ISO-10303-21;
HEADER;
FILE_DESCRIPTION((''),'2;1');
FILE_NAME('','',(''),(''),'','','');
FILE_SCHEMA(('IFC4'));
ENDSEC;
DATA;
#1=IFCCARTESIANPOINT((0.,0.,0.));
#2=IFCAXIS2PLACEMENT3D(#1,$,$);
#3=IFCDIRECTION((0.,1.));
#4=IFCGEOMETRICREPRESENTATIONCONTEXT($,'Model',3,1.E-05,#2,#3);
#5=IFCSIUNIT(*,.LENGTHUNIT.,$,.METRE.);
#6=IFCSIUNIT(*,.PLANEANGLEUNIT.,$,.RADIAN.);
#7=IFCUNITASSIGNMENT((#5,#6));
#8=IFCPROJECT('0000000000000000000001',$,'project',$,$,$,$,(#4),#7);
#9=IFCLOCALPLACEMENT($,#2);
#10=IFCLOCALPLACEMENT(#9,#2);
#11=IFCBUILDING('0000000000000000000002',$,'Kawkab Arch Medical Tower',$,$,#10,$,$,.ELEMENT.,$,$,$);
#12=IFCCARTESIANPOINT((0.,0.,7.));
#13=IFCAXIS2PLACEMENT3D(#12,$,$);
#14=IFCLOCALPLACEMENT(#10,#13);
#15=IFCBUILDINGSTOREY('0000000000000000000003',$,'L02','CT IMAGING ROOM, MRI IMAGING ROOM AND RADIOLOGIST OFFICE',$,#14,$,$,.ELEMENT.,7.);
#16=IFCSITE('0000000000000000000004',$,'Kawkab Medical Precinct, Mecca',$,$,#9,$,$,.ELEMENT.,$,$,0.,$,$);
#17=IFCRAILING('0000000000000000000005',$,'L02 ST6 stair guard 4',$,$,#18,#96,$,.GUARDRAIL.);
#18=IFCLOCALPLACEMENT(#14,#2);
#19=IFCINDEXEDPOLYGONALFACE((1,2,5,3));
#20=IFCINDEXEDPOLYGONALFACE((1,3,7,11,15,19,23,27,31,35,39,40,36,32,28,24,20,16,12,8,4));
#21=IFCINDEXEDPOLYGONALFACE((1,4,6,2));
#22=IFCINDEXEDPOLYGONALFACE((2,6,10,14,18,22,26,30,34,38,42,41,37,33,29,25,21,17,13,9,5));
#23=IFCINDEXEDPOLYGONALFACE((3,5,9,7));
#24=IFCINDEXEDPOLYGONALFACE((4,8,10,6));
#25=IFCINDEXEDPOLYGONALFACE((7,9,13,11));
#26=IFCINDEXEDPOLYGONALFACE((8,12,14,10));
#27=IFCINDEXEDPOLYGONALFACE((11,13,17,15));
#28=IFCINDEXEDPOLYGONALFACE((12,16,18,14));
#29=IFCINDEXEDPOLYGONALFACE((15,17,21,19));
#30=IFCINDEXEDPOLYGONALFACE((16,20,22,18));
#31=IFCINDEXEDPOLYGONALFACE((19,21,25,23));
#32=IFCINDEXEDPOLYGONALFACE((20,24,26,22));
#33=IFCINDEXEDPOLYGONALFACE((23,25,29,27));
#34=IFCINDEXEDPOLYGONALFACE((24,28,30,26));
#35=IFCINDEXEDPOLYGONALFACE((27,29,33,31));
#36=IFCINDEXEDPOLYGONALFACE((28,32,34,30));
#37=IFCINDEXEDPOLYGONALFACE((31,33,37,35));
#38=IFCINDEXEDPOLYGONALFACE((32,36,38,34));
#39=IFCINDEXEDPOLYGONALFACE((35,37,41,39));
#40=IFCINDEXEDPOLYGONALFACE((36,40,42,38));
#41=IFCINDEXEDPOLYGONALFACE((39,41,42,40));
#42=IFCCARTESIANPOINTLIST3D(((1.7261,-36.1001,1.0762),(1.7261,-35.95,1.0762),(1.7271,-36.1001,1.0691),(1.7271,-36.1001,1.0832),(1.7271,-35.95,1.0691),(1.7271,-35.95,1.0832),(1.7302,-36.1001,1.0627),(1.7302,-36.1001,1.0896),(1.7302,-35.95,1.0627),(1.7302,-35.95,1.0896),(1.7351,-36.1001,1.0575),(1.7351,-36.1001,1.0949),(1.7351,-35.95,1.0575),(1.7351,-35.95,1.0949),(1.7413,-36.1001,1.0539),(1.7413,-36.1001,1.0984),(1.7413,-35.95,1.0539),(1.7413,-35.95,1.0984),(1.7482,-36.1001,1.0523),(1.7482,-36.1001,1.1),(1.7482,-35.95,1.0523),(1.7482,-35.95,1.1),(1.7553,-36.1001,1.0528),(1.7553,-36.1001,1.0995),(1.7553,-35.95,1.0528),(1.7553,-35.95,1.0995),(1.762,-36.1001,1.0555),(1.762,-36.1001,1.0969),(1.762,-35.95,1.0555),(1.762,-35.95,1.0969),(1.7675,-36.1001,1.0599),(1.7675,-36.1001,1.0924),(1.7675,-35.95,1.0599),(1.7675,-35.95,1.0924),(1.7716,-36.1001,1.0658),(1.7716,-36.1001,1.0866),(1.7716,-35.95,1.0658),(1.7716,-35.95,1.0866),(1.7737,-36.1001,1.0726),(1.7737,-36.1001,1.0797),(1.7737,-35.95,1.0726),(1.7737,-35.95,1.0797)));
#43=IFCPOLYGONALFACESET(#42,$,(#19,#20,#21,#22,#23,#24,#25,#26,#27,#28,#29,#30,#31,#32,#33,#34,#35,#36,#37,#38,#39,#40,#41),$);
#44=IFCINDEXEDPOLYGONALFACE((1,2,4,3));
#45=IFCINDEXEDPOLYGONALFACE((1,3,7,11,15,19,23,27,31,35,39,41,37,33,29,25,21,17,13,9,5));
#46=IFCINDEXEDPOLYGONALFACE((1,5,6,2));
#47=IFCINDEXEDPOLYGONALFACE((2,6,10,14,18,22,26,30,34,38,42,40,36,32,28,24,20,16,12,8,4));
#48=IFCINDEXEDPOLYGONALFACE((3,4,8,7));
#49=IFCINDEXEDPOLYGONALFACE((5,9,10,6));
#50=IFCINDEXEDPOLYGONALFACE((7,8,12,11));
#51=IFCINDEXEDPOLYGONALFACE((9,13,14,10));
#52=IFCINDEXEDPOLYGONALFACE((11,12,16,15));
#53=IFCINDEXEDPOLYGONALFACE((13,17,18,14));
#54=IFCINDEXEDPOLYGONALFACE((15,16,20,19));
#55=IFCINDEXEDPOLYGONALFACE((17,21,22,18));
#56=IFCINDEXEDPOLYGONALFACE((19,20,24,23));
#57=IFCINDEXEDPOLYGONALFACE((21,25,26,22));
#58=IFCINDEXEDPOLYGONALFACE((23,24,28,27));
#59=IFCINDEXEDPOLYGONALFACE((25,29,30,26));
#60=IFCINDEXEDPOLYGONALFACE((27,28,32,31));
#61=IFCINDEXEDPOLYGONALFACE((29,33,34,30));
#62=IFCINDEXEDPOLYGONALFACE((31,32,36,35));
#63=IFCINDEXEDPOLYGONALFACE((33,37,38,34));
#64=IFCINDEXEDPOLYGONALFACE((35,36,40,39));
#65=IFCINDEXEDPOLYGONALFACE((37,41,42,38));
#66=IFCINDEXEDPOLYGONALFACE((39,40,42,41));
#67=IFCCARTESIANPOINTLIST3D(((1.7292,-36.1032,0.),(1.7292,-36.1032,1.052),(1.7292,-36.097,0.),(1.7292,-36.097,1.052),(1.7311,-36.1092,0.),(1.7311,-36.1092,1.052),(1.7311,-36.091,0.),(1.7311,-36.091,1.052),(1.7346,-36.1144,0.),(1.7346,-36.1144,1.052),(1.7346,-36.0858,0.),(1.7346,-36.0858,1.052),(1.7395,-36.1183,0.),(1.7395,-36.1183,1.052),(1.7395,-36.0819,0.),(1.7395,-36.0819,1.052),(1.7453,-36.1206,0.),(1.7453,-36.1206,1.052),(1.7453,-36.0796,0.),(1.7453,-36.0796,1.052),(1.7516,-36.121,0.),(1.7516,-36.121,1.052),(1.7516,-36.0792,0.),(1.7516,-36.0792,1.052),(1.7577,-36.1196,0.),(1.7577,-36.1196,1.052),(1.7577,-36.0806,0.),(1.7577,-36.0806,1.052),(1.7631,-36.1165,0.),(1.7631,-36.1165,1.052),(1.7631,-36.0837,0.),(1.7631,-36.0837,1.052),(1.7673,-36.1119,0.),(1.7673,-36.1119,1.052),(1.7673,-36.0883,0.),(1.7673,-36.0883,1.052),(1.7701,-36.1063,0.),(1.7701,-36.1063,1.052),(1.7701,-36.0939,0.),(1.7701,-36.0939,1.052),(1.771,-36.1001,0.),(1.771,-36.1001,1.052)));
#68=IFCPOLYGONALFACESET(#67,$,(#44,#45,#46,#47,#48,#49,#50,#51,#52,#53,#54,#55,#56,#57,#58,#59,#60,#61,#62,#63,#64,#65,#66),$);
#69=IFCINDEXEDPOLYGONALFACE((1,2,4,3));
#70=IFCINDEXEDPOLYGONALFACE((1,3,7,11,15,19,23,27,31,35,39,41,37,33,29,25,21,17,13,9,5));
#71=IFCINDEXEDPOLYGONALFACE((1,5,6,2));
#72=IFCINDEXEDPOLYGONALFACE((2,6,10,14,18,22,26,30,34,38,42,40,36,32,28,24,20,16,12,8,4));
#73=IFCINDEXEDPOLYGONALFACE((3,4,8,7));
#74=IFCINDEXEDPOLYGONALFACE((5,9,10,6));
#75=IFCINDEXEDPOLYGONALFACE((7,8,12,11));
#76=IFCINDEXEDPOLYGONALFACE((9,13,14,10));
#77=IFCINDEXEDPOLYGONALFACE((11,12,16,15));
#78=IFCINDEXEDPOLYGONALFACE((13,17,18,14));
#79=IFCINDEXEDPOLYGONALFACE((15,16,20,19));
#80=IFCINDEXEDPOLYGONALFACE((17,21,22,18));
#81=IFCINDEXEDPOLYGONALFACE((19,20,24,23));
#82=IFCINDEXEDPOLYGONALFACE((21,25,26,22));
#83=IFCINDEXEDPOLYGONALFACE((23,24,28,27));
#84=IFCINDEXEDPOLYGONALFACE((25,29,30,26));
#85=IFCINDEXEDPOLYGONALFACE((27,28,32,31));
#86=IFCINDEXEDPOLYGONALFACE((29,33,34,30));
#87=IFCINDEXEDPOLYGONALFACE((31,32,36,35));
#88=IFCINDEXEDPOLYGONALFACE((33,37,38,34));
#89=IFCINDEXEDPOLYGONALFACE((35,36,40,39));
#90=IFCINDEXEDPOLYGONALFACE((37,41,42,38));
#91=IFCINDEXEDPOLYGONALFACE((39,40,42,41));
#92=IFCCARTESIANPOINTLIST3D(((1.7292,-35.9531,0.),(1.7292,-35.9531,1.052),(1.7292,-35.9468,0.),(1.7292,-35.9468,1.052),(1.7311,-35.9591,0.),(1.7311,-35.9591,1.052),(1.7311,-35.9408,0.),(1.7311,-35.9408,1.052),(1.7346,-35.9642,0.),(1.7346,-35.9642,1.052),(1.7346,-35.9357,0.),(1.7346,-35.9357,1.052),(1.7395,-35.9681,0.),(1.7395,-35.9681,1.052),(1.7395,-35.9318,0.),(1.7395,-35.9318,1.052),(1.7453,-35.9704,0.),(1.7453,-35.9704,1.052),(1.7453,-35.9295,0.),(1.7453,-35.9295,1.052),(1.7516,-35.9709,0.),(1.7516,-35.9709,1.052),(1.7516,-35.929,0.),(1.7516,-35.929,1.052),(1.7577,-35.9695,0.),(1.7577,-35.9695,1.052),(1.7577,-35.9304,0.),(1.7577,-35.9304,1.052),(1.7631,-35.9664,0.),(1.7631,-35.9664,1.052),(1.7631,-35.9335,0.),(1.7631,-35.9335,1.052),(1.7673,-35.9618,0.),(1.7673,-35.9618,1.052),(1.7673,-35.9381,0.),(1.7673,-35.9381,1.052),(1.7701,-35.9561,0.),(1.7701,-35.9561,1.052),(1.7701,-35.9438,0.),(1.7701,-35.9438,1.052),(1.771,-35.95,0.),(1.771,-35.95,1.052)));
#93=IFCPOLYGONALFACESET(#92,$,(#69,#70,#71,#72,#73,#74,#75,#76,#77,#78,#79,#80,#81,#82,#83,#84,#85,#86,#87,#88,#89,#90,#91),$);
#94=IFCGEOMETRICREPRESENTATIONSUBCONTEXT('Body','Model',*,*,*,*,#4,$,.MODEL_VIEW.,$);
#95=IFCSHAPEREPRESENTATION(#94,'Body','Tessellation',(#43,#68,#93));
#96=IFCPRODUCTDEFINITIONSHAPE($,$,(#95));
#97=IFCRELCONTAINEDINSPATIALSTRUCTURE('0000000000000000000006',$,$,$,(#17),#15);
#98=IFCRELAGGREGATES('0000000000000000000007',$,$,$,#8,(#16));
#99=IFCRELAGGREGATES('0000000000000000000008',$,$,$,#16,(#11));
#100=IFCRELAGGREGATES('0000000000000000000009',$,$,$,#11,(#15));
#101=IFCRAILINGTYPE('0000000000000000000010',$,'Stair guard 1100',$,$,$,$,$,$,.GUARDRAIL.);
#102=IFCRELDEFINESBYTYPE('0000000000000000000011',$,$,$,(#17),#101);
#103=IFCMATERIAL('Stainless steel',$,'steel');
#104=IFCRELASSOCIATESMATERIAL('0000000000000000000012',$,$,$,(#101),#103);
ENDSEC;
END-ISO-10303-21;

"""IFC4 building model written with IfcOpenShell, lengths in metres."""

from ifc_helpers import new_model, si_unit, direction, frame, origin, origin_2d, place, context, subcontext, project, spatial, circle, extrude, material, type_object, element, save


model = new_model("IFC4")

# Units and contexts
model_context = context("Model", 3, precision=1e-05, world=origin(), true_north=direction((0.0, 1.0)))
body_context = subcontext(model_context, "Body", "Model", "MODEL_VIEW")
ifc_project = project(units=[si_unit("LENGTHUNIT", "METRE"), si_unit("PLANEANGLEUNIT", "RADIAN")], contexts=[model_context])

# Site, building, storey
site_placement = place(None, origin())
site = spatial("IfcSite", under=ifc_project, at=site_placement, Name="Kawkab Medical Precinct, Mecca", CompositionType="ELEMENT", RefElevation=0.0)
building_placement = place(site_placement, origin())
building = spatial("IfcBuilding", under=site, at=building_placement, Name="Kawkab Arch Medical Tower", CompositionType="ELEMENT")
storey_placement = place(building_placement, frame((0.0, 0.0, 7.0)))
storey = spatial("IfcBuildingStorey", under=building, at=storey_placement, Name="L02", Description="CT IMAGING ROOM, MRI IMAGING ROOM AND RADIOLOGIST OFFICE", CompositionType="ELEMENT", Elevation=7.0)

# Railing
ifc_material_1 = material(Name="Stainless steel", Category="steel")
railing_type = type_object("IfcRailingType", Name="Stair guard 1100", PredefinedType="GUARDRAIL", material=ifc_material_1)
railing_1_placement = place(storey_placement, frame((1.75, -36.1001, 0.0)))
element("IfcRailing", 1, at=railing_1_placement, inside=storey, type_object=railing_type, Name="L02 ST6 stair guard 4", PredefinedType="GUARDRAIL", context=body_context, shape_type="SweptSolid", body=[
    extrude(circle(Radius=0.0239, at=origin_2d()), frame((0.0, 0.0, 1.0762), z_axis=(0.0, 1.0, 0.0), x_axis=(-1.0, 0.0, 0.0)), (0.0, 0.0, 1.0), 0.1501),
    extrude(circle(Radius=0.021, at=origin_2d()), origin(), (0.0, 0.0, 1.0), 1.052),
    extrude(circle(Radius=0.021, at=origin_2d()), frame((0.0, 0.1501, 0.0)), (0.0, 0.0, 1.0), 1.052),
])

save(model, "model.ifc")
